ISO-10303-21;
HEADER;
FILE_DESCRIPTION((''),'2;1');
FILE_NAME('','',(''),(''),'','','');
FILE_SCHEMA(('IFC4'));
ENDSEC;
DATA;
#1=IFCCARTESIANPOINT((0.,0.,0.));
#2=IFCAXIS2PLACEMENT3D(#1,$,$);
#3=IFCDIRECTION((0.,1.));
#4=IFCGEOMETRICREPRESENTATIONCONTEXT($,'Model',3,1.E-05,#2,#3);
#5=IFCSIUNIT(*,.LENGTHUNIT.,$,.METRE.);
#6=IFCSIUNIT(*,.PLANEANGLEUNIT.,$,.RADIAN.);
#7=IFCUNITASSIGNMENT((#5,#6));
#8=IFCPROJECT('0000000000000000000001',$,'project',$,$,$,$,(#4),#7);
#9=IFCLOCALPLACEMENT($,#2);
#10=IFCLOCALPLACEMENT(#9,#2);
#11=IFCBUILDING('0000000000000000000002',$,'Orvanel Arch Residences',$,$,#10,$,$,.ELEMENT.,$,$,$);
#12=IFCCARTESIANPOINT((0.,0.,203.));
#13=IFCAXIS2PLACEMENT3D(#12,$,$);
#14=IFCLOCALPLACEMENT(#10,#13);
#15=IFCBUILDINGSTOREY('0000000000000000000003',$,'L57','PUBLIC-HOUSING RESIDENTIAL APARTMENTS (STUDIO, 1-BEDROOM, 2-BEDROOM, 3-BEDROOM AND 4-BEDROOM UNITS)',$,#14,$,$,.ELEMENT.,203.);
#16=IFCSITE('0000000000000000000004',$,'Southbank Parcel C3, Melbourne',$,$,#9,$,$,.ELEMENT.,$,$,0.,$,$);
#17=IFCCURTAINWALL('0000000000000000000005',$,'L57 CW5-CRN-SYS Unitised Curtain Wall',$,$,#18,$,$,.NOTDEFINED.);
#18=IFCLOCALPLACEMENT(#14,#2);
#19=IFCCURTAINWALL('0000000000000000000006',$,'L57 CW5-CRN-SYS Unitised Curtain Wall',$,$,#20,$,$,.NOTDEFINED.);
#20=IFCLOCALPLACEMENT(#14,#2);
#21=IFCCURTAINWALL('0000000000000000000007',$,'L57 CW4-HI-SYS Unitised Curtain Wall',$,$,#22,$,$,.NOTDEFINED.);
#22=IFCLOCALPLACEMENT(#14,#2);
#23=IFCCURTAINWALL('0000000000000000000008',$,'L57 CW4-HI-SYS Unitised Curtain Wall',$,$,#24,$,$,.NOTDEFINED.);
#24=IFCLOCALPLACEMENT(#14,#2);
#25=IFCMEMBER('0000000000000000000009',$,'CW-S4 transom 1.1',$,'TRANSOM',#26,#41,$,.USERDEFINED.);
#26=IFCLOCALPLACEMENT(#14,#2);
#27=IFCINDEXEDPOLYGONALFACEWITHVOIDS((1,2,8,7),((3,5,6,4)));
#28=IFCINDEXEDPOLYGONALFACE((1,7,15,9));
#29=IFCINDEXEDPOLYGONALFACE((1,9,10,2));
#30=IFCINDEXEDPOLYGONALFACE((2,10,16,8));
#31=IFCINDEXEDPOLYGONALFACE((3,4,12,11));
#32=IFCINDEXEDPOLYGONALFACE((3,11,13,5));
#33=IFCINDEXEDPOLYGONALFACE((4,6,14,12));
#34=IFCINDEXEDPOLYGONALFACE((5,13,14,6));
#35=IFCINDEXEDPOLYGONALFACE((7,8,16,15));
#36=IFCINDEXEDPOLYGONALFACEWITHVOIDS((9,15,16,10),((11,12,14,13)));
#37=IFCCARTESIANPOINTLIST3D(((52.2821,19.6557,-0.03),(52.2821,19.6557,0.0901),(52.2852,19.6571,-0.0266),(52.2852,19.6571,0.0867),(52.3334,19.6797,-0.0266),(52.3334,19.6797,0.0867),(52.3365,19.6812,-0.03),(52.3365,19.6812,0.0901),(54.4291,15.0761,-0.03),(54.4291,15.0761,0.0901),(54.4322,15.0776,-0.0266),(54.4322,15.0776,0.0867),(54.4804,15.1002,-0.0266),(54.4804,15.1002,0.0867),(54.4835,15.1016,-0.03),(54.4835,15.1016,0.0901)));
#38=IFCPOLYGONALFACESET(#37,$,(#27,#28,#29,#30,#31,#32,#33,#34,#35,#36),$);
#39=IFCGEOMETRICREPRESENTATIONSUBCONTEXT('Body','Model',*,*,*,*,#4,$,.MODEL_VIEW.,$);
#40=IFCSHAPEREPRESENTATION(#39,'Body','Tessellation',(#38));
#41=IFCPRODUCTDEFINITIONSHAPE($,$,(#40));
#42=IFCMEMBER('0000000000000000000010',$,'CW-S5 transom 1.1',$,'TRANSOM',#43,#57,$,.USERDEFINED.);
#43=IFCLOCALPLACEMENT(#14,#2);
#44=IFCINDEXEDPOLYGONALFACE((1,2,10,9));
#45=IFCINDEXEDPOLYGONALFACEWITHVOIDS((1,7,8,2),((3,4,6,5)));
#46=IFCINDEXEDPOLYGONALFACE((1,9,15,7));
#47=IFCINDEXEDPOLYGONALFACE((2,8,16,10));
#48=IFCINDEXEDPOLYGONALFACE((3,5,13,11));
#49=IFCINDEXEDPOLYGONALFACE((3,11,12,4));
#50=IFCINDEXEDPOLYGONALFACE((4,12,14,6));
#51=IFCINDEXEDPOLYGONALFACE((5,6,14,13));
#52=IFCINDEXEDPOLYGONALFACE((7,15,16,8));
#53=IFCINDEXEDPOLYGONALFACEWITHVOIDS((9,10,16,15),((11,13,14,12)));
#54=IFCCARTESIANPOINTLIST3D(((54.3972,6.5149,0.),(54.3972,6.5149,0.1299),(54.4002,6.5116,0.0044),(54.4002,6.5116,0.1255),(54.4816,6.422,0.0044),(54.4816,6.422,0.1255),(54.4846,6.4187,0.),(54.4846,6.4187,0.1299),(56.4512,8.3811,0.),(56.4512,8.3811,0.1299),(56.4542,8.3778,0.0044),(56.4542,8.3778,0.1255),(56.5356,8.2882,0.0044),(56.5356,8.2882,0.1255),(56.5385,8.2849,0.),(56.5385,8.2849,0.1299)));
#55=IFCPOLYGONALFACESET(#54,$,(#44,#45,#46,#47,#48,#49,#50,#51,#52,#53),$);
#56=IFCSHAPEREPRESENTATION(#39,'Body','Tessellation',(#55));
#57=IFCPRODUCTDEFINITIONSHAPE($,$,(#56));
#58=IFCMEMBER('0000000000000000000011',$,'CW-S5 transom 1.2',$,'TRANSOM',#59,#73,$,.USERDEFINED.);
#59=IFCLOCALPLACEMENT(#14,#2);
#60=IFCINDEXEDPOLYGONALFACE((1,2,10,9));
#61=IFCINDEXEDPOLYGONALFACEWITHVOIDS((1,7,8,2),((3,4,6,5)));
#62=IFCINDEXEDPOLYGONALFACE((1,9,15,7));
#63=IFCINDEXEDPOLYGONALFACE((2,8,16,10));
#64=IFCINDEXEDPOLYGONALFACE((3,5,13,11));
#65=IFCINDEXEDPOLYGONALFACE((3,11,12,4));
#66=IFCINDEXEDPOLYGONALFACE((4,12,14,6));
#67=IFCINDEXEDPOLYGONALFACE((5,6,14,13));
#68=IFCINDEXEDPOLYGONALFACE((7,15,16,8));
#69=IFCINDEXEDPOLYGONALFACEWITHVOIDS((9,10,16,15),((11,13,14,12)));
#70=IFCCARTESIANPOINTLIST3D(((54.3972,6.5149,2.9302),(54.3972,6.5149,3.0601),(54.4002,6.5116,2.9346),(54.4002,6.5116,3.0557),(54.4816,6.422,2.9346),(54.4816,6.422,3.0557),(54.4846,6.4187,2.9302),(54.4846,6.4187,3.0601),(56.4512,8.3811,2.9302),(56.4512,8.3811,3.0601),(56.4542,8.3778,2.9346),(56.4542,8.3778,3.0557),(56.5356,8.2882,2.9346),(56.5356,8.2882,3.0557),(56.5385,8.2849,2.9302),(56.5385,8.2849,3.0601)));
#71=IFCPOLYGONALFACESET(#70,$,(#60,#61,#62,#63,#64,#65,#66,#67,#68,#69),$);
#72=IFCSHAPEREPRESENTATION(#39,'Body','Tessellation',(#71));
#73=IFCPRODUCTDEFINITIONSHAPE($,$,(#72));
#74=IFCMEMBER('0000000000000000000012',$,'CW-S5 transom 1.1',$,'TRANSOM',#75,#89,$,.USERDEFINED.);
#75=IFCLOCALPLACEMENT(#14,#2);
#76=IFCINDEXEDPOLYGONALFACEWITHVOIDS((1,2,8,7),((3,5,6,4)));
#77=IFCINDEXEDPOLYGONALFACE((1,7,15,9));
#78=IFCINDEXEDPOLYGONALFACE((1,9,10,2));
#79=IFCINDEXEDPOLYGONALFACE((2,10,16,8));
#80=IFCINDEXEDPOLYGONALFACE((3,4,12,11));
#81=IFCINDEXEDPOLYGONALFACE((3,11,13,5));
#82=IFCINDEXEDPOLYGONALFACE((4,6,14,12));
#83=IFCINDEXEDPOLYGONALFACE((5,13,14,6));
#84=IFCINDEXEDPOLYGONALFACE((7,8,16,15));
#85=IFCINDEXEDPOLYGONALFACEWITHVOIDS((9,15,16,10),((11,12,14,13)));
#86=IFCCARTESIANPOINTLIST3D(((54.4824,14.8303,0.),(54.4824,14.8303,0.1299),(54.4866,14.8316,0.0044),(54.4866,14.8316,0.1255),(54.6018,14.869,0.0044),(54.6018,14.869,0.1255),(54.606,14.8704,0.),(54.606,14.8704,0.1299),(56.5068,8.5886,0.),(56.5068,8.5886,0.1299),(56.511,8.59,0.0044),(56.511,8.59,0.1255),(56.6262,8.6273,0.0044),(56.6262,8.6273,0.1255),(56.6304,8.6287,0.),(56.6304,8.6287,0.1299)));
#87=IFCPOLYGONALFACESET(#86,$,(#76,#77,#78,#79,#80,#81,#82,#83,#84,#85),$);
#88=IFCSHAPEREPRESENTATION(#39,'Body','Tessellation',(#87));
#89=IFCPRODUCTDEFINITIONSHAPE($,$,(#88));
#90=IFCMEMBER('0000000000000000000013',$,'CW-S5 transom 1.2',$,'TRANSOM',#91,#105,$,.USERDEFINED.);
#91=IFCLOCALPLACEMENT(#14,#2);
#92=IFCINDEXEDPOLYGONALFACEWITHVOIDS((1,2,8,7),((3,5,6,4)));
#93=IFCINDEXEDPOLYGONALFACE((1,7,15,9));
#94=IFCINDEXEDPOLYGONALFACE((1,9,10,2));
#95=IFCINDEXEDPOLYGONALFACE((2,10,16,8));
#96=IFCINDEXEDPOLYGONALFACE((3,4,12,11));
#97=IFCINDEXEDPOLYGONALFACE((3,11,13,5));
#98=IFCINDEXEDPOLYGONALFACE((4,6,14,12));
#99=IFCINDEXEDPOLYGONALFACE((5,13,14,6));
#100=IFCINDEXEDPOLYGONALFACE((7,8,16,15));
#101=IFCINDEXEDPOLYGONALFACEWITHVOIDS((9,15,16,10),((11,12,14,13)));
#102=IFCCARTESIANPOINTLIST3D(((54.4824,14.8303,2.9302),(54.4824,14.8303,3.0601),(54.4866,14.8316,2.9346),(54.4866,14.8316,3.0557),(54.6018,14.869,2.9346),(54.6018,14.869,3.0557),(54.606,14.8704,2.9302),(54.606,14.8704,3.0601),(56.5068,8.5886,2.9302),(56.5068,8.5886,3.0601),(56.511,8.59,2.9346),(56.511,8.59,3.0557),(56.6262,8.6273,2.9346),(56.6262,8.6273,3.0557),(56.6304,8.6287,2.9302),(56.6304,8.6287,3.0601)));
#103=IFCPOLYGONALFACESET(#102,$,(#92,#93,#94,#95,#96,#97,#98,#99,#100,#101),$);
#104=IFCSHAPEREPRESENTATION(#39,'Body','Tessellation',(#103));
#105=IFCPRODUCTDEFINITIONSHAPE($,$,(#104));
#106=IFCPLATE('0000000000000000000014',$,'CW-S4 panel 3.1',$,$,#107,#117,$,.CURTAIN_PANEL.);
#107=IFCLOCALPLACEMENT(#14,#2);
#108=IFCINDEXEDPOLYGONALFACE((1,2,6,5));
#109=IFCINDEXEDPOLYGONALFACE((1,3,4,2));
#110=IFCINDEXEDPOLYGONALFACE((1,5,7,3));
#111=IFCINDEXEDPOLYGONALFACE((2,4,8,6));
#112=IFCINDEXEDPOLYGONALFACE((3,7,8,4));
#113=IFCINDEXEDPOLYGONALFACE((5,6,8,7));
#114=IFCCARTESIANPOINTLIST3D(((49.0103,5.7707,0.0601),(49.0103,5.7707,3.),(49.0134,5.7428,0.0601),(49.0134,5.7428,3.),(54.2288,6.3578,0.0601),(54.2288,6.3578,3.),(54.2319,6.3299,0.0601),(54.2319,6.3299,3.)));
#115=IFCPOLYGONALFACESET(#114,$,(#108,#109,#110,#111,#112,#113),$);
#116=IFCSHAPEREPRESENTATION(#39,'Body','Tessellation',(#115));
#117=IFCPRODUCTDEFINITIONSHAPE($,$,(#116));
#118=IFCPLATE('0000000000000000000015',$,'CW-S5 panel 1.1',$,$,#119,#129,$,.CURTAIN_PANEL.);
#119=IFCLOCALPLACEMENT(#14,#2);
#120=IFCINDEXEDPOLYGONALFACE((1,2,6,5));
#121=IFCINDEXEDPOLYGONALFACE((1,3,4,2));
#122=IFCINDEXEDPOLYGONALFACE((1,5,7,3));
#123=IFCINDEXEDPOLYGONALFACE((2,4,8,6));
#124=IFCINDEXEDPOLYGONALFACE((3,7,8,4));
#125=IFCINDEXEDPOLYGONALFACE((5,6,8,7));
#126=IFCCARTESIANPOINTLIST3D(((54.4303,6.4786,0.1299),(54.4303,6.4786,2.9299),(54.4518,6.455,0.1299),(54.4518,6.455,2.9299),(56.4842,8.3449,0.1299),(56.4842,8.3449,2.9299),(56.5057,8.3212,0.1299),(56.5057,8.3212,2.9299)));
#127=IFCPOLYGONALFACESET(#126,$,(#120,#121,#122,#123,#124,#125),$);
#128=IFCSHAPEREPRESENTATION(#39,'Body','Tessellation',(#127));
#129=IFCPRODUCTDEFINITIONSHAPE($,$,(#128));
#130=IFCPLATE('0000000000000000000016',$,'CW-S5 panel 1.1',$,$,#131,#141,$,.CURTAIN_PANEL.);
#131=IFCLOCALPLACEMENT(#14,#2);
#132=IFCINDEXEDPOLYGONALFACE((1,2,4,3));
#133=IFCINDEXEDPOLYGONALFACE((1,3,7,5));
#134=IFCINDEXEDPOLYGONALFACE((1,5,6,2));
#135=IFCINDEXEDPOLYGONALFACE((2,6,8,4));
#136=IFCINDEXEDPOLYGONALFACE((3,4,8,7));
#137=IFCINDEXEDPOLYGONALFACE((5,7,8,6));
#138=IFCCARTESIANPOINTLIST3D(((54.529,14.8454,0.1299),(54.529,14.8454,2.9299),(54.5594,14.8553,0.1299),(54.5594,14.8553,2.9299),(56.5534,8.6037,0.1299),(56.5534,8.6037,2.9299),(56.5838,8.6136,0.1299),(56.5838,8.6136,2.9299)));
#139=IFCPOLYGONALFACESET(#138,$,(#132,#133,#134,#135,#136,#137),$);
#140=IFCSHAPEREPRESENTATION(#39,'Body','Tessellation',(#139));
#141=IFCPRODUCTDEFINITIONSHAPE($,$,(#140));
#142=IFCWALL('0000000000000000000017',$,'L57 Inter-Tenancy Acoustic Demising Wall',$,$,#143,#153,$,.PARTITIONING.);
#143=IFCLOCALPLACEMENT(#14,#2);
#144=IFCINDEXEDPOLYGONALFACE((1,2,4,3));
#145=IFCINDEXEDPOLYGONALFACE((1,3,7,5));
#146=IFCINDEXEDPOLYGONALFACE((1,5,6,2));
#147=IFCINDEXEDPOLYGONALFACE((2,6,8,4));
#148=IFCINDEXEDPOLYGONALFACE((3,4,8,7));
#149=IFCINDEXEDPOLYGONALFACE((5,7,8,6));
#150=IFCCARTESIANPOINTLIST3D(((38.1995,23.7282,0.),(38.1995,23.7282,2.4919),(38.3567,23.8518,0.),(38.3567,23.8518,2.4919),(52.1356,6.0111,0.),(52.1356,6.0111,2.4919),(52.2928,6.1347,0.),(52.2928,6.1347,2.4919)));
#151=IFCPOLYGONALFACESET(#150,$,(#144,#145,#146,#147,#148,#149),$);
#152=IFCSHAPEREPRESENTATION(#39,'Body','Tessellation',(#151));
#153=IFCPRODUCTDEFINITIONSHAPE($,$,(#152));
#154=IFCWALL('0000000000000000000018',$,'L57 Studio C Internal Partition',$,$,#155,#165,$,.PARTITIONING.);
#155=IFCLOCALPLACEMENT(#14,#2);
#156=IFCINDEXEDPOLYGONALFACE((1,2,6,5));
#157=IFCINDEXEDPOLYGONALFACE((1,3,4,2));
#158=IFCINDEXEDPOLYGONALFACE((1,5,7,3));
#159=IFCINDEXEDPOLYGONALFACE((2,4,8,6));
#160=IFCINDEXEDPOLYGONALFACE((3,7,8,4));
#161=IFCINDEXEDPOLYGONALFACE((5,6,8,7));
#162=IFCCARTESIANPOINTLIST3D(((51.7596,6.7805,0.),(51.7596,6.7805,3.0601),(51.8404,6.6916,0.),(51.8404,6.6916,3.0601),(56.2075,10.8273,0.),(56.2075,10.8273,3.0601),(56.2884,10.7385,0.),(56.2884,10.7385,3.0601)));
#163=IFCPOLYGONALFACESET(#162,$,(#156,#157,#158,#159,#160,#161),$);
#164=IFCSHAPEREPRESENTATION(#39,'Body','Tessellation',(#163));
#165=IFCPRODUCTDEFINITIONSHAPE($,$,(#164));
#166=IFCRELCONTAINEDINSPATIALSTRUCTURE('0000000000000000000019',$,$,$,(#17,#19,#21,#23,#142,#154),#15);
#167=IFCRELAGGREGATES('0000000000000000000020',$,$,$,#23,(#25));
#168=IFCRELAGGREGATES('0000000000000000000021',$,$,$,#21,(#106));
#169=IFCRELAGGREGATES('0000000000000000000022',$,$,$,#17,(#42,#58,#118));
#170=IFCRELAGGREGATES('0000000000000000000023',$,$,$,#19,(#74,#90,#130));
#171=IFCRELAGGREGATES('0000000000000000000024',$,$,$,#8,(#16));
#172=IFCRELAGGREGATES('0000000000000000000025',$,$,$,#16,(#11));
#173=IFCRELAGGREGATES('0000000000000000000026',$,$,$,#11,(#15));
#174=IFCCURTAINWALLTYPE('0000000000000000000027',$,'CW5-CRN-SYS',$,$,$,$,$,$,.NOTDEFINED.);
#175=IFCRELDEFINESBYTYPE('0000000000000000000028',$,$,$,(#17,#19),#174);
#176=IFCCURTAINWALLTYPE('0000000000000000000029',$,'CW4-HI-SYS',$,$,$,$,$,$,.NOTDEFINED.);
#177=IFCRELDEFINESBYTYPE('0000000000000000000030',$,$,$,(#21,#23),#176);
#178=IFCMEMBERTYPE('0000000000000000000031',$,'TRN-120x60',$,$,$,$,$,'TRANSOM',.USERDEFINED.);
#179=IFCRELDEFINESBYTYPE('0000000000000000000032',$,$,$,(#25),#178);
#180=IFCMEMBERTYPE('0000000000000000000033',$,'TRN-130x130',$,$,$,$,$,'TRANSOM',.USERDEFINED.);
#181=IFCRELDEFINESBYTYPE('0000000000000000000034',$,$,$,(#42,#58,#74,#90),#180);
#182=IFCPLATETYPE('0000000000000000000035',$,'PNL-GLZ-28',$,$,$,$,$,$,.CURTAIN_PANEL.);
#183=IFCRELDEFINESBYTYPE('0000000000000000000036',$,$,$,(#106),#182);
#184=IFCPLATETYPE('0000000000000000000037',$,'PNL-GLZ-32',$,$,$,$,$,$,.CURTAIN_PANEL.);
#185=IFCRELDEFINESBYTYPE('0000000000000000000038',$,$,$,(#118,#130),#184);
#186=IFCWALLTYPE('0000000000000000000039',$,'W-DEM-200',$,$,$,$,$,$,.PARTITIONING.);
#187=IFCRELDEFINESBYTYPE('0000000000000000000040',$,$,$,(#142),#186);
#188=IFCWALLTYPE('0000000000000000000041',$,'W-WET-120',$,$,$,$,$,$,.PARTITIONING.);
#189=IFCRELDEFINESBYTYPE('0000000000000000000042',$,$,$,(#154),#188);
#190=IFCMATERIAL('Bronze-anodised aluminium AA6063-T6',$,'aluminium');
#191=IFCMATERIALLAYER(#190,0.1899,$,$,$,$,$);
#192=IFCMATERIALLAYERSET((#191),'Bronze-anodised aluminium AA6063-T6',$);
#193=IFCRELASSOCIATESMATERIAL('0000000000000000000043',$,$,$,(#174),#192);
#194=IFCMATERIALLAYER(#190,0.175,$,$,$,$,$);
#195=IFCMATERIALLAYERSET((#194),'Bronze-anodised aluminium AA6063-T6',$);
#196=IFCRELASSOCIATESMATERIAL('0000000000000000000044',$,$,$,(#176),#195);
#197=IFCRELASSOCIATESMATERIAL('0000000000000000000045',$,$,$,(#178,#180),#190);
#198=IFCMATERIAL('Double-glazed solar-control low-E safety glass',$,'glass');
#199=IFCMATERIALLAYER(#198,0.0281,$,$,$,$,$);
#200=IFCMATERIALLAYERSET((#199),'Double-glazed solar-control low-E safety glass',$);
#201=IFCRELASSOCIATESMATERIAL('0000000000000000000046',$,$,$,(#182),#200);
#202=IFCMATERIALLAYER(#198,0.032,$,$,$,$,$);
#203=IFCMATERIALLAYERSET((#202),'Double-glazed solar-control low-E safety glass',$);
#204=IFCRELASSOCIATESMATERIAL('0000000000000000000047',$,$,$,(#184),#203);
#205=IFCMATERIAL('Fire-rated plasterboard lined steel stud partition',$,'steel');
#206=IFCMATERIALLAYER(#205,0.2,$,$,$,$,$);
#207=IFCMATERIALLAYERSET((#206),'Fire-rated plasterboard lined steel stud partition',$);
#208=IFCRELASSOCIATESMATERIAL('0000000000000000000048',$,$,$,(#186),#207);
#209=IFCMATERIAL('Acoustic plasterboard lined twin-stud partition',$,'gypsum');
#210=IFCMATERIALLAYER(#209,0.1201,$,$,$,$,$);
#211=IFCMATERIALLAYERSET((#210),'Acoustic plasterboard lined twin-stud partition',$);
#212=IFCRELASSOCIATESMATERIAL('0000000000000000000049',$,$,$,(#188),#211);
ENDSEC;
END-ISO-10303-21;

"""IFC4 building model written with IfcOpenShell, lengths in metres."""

from ifc_helpers import new_model, si_unit, direction, frame, frame_2d, origin, origin_2d, place, context, subcontext, project, spatial, rectangle, hollow_rectangle, extrude, material, layer, layer_set, material_profile, profile_set, type_object, element, aggregate, save


model = new_model("IFC4")

# Units and contexts
model_context = context("Model", 3, precision=1e-05, world=origin(), true_north=direction((0.0, 1.0)))
body_context = subcontext(model_context, "Body", "Model", "MODEL_VIEW")
ifc_project = project(units=[si_unit("LENGTHUNIT", "METRE"), si_unit("PLANEANGLEUNIT", "RADIAN")], contexts=[model_context])

# Site, building, storey
site_placement = place(None, origin())
site = spatial("IfcSite", under=ifc_project, at=site_placement, Name="Southbank Parcel C3, Melbourne", CompositionType="ELEMENT", RefElevation=0.0)
building_placement = place(site_placement, origin())
building = spatial("IfcBuilding", under=site, at=building_placement, Name="Orvanel Arch Residences", CompositionType="ELEMENT")
storey_placement = place(building_placement, frame((0.0, 0.0, 203.0)))
storey = spatial("IfcBuildingStorey", under=building, at=storey_placement, Name="L57", Description="PUBLIC-HOUSING RESIDENTIAL APARTMENTS (STUDIO, 1-BEDROOM, 2-BEDROOM, 3-BEDROOM AND 4-BEDROOM UNITS)", CompositionType="ELEMENT", Elevation=203.0)

# Curtain walls
ifc_material_1 = material(Name="Bronze-anodised aluminium AA6063-T6", Category="aluminium")
ifc_layer_1 = layer(ifc_material_1, 0.1899)
ifc_layer_set_1 = layer_set([ifc_layer_1], Name="Bronze-anodised aluminium AA6063-T6")
curtain_wall_type_1 = type_object("IfcCurtainWallType", Name="CW5-CRN-SYS", PredefinedType="NOTDEFINED", material=ifc_layer_set_1)
curtain_wall_1_placement = place(storey_placement, origin())
curtain_wall_1 = element("IfcCurtainWall", 1, at=curtain_wall_1_placement, inside=storey, type_object=curtain_wall_type_1, Name="L57 CW5-CRN-SYS Unitised Curtain Wall", PredefinedType="NOTDEFINED")
curtain_wall_2_placement = place(storey_placement, origin())
curtain_wall_2 = element("IfcCurtainWall", 2, at=curtain_wall_2_placement, inside=storey, type_object=curtain_wall_type_1, Name="L57 CW5-CRN-SYS Unitised Curtain Wall", PredefinedType="NOTDEFINED")

# Curtain walls
ifc_layer_2 = layer(ifc_material_1, 0.175)
ifc_layer_set_2 = layer_set([ifc_layer_2], Name="Bronze-anodised aluminium AA6063-T6")
curtain_wall_type_2 = type_object("IfcCurtainWallType", Name="CW4-HI-SYS", PredefinedType="NOTDEFINED", material=ifc_layer_set_2)
curtain_wall_3_placement = place(storey_placement, origin())
curtain_wall_3 = element("IfcCurtainWall", 3, at=curtain_wall_3_placement, inside=storey, type_object=curtain_wall_type_2, Name="L57 CW4-HI-SYS Unitised Curtain Wall", PredefinedType="NOTDEFINED")
curtain_wall_4_placement = place(storey_placement, origin())
curtain_wall_4 = element("IfcCurtainWall", 4, at=curtain_wall_4_placement, inside=storey, type_object=curtain_wall_type_2, Name="L57 CW4-HI-SYS Unitised Curtain Wall", PredefinedType="NOTDEFINED")

# Members
ifc_material_profile_1 = material_profile(ifc_material_1, hollow_rectangle(XDim=0.0601, YDim=0.1201, WallThickness=0.0034, at=origin_2d()), Name="ALU120x60x3.5")
ifc_profile_set_1 = profile_set([ifc_material_profile_1], Name="Bronze-anodised aluminium AA6063-T6")
member_type_1 = type_object("IfcMemberType", Name="TRN-120x60", ElementType="TRANSOM", PredefinedType="USERDEFINED", material=ifc_profile_set_1)
member_1_placement = place(storey_placement, frame((54.4563, 15.0889, 0.03), z_axis=(-0.424481, 0.905437, 0.0), x_axis=(-0.905437, -0.424481, 0.0)))
member_1 = element("IfcMember", 5, at=member_1_placement, type_object=member_type_1, Name="CW-S4 transom 1.1", ObjectType="TRANSOM", PredefinedType="USERDEFINED", context=body_context, shape_type="SweptSolid", body=[
    extrude(hollow_rectangle(XDim=0.0601, YDim=0.1201, WallThickness=0.0034, at=origin_2d()), origin(), (0.0, 0.0, 1.0), 5.0579),
])
aggregate(curtain_wall_4, [member_1])
ifc_material_profile_2 = material_profile(ifc_material_1, hollow_rectangle(XDim=0.1299, YDim=0.1299, WallThickness=0.0044, at=origin_2d()), Name="ALU130x130x4.5")
ifc_profile_set_2 = profile_set([ifc_material_profile_2], Name="Bronze-anodised aluminium AA6063-T6")
member_type_2 = type_object("IfcMemberType", Name="TRN-130x130", ElementType="TRANSOM", PredefinedType="USERDEFINED", material=ifc_profile_set_2)
member_2_placement = place(storey_placement, frame((54.4409, 6.4668, 0.0649), z_axis=(0.740123, 0.672471, 0.0), x_axis=(-0.672471, 0.740123, 0.0)))
member_2 = element("IfcMember", 6, at=member_2_placement, type_object=member_type_2, Name="CW-S5 transom 1.1", ObjectType="TRANSOM", PredefinedType="USERDEFINED", context=body_context, shape_type="SweptSolid", body=[
    extrude(hollow_rectangle(XDim=0.1299, YDim=0.1299, WallThickness=0.0044, at=origin_2d()), origin(), (0.0, 0.0, 1.0), 2.7751),
])
member_3_placement = place(storey_placement, frame((54.4409, 6.4668, 2.9951), z_axis=(0.740123, 0.672471, 0.0), x_axis=(-0.672471, 0.740123, 0.0)))
member_3 = element("IfcMember", 7, at=member_3_placement, type_object=member_type_2, Name="CW-S5 transom 1.2", ObjectType="TRANSOM", PredefinedType="USERDEFINED", context=body_context, shape_type="SweptSolid", body=[
    extrude(hollow_rectangle(XDim=0.1299, YDim=0.1299, WallThickness=0.0044, at=origin_2d()), origin(), (0.0, 0.0, 1.0), 2.7751),
])
member_4_placement = place(storey_placement, frame((56.5686, 8.6086, 0.0649), z_axis=(-0.308516, 0.951219, 0.0), x_axis=(-0.951219, -0.308516, 0.0)))
member_4 = element("IfcMember", 8, at=member_4_placement, type_object=member_type_2, Name="CW-S5 transom 1.1", ObjectType="TRANSOM", PredefinedType="USERDEFINED", context=body_context, shape_type="SweptSolid", body=[
    extrude(hollow_rectangle(XDim=0.1299, YDim=0.1299, WallThickness=0.0044, at=origin_2d()), origin(), (0.0, 0.0, 1.0), 6.5618),
])
member_5_placement = place(storey_placement, frame((56.5686, 8.6086, 2.9951), z_axis=(-0.308516, 0.951219, 0.0), x_axis=(-0.951219, -0.308516, 0.0)))
member_5 = element("IfcMember", 9, at=member_5_placement, type_object=member_type_2, Name="CW-S5 transom 1.2", ObjectType="TRANSOM", PredefinedType="USERDEFINED", context=body_context, shape_type="SweptSolid", body=[
    extrude(hollow_rectangle(XDim=0.1299, YDim=0.1299, WallThickness=0.0044, at=origin_2d()), origin(), (0.0, 0.0, 1.0), 6.5618),
])

# Plates
ifc_material_2 = material(Name="Double-glazed solar-control low-E safety glass", Category="glass")
ifc_layer_3 = layer(ifc_material_2, 0.0281)
ifc_layer_set_3 = layer_set([ifc_layer_3], Name="Double-glazed solar-control low-E safety glass")
plate_type_1 = type_object("IfcPlateType", Name="PNL-GLZ-28", PredefinedType="CURTAIN_PANEL", material=ifc_layer_set_3)
plate_1_placement = place(storey_placement, frame((51.6211, 6.0503, 0.0601), z_axis=(0.0, 0.0, 1.0), x_axis=(0.993731, 0.111799, 0.0)))
plate_1 = element("IfcPlate", 10, at=plate_1_placement, type_object=plate_type_1, Name="CW-S4 panel 3.1", PredefinedType="CURTAIN_PANEL", context=body_context, shape_type="SweptSolid", body=[
    extrude(rectangle(XDim=5.2515, YDim=0.0281, at=origin_2d()), origin(), (0.0, 0.0, 1.0), 2.9399),
])
aggregate(curtain_wall_3, [plate_1])
ifc_layer_4 = layer(ifc_material_2, 0.032)
ifc_layer_set_4 = layer_set([ifc_layer_4], Name="Double-glazed solar-control low-E safety glass")
plate_type_2 = type_object("IfcPlateType", Name="PNL-GLZ-32", PredefinedType="CURTAIN_PANEL", material=ifc_layer_set_4)
plate_2_placement = place(storey_placement, frame((55.468, 7.3999, 0.1299), z_axis=(0.0, 0.0, 1.0), x_axis=(0.740117, 0.672479, 0.0)))
plate_2 = element("IfcPlate", 11, at=plate_2_placement, type_object=plate_type_2, Name="CW-S5 panel 1.1", PredefinedType="CURTAIN_PANEL", context=body_context, shape_type="SweptSolid", body=[
    extrude(rectangle(XDim=2.7751, YDim=0.032, at=origin_2d()), origin(), (0.0, 0.0, 1.0), 2.8),
])
aggregate(curtain_wall_1, [member_2, member_3, plate_2])
plate_3_placement = place(storey_placement, frame((55.5564, 11.7295, 0.1299), z_axis=(0.0, 0.0, 1.0), x_axis=(-0.308523, 0.951217, 0.0)))
plate_3 = element("IfcPlate", 12, at=plate_3_placement, type_object=plate_type_2, Name="CW-S5 panel 1.1", PredefinedType="CURTAIN_PANEL", context=body_context, shape_type="SweptSolid", body=[
    extrude(rectangle(XDim=6.5618, YDim=0.032, at=origin_2d()), origin(), (0.0, 0.0, 1.0), 2.8),
])
aggregate(curtain_wall_2, [member_4, member_5, plate_3])

# Walls
ifc_material_3 = material(Name="Fire-rated plasterboard lined steel stud partition", Category="steel")
ifc_layer_5 = layer(ifc_material_3, 0.2)
ifc_layer_set_5 = layer_set([ifc_layer_5], Name="Fire-rated plasterboard lined steel stud partition")
wall_type_1 = type_object("IfcWallType", Name="W-DEM-200", PredefinedType="PARTITIONING", material=ifc_layer_set_5)
wall_1_placement = place(storey_placement, frame((52.2141, 6.073, 0.0), z_axis=(0.0, 0.0, 1.0), x_axis=(-0.618247, 0.785984, 0.0)))
element("IfcWall", 13, at=wall_1_placement, inside=storey, type_object=wall_type_1, Name="L57 Inter-Tenancy Acoustic Demising Wall", PredefinedType="PARTITIONING", context=body_context, shape_type="SweptSolid", body=[
    extrude(rectangle(XDim=22.5413, YDim=0.2, at=frame_2d((11.2705, 0.0))), origin(), (0.0, 0.0, 1.0), 2.4919),
])
ifc_material_4 = material(Name="Acoustic plasterboard lined twin-stud partition", Category="gypsum")
ifc_layer_6 = layer(ifc_material_4, 0.1201)
ifc_layer_set_6 = layer_set([ifc_layer_6], Name="Acoustic plasterboard lined twin-stud partition")
wall_type_2 = type_object("IfcWallType", Name="W-WET-120", PredefinedType="PARTITIONING", material=ifc_layer_set_6)
wall_2_placement = place(storey_placement, frame((56.248, 10.783, 0.0), z_axis=(0.0, 0.0, 1.0), x_axis=(-0.739672, -0.672968, 0.0)))
element("IfcWall", 14, at=wall_2_placement, inside=storey, type_object=wall_type_2, Name="L57 Studio C Internal Partition", PredefinedType="PARTITIONING", context=body_context, shape_type="SweptSolid", body=[
    extrude(rectangle(XDim=6.0134, YDim=0.1201, at=frame_2d((3.0068, 0.0))), origin(), (0.0, 0.0, 1.0), 3.0601),
])

save(model, "model.ifc")
